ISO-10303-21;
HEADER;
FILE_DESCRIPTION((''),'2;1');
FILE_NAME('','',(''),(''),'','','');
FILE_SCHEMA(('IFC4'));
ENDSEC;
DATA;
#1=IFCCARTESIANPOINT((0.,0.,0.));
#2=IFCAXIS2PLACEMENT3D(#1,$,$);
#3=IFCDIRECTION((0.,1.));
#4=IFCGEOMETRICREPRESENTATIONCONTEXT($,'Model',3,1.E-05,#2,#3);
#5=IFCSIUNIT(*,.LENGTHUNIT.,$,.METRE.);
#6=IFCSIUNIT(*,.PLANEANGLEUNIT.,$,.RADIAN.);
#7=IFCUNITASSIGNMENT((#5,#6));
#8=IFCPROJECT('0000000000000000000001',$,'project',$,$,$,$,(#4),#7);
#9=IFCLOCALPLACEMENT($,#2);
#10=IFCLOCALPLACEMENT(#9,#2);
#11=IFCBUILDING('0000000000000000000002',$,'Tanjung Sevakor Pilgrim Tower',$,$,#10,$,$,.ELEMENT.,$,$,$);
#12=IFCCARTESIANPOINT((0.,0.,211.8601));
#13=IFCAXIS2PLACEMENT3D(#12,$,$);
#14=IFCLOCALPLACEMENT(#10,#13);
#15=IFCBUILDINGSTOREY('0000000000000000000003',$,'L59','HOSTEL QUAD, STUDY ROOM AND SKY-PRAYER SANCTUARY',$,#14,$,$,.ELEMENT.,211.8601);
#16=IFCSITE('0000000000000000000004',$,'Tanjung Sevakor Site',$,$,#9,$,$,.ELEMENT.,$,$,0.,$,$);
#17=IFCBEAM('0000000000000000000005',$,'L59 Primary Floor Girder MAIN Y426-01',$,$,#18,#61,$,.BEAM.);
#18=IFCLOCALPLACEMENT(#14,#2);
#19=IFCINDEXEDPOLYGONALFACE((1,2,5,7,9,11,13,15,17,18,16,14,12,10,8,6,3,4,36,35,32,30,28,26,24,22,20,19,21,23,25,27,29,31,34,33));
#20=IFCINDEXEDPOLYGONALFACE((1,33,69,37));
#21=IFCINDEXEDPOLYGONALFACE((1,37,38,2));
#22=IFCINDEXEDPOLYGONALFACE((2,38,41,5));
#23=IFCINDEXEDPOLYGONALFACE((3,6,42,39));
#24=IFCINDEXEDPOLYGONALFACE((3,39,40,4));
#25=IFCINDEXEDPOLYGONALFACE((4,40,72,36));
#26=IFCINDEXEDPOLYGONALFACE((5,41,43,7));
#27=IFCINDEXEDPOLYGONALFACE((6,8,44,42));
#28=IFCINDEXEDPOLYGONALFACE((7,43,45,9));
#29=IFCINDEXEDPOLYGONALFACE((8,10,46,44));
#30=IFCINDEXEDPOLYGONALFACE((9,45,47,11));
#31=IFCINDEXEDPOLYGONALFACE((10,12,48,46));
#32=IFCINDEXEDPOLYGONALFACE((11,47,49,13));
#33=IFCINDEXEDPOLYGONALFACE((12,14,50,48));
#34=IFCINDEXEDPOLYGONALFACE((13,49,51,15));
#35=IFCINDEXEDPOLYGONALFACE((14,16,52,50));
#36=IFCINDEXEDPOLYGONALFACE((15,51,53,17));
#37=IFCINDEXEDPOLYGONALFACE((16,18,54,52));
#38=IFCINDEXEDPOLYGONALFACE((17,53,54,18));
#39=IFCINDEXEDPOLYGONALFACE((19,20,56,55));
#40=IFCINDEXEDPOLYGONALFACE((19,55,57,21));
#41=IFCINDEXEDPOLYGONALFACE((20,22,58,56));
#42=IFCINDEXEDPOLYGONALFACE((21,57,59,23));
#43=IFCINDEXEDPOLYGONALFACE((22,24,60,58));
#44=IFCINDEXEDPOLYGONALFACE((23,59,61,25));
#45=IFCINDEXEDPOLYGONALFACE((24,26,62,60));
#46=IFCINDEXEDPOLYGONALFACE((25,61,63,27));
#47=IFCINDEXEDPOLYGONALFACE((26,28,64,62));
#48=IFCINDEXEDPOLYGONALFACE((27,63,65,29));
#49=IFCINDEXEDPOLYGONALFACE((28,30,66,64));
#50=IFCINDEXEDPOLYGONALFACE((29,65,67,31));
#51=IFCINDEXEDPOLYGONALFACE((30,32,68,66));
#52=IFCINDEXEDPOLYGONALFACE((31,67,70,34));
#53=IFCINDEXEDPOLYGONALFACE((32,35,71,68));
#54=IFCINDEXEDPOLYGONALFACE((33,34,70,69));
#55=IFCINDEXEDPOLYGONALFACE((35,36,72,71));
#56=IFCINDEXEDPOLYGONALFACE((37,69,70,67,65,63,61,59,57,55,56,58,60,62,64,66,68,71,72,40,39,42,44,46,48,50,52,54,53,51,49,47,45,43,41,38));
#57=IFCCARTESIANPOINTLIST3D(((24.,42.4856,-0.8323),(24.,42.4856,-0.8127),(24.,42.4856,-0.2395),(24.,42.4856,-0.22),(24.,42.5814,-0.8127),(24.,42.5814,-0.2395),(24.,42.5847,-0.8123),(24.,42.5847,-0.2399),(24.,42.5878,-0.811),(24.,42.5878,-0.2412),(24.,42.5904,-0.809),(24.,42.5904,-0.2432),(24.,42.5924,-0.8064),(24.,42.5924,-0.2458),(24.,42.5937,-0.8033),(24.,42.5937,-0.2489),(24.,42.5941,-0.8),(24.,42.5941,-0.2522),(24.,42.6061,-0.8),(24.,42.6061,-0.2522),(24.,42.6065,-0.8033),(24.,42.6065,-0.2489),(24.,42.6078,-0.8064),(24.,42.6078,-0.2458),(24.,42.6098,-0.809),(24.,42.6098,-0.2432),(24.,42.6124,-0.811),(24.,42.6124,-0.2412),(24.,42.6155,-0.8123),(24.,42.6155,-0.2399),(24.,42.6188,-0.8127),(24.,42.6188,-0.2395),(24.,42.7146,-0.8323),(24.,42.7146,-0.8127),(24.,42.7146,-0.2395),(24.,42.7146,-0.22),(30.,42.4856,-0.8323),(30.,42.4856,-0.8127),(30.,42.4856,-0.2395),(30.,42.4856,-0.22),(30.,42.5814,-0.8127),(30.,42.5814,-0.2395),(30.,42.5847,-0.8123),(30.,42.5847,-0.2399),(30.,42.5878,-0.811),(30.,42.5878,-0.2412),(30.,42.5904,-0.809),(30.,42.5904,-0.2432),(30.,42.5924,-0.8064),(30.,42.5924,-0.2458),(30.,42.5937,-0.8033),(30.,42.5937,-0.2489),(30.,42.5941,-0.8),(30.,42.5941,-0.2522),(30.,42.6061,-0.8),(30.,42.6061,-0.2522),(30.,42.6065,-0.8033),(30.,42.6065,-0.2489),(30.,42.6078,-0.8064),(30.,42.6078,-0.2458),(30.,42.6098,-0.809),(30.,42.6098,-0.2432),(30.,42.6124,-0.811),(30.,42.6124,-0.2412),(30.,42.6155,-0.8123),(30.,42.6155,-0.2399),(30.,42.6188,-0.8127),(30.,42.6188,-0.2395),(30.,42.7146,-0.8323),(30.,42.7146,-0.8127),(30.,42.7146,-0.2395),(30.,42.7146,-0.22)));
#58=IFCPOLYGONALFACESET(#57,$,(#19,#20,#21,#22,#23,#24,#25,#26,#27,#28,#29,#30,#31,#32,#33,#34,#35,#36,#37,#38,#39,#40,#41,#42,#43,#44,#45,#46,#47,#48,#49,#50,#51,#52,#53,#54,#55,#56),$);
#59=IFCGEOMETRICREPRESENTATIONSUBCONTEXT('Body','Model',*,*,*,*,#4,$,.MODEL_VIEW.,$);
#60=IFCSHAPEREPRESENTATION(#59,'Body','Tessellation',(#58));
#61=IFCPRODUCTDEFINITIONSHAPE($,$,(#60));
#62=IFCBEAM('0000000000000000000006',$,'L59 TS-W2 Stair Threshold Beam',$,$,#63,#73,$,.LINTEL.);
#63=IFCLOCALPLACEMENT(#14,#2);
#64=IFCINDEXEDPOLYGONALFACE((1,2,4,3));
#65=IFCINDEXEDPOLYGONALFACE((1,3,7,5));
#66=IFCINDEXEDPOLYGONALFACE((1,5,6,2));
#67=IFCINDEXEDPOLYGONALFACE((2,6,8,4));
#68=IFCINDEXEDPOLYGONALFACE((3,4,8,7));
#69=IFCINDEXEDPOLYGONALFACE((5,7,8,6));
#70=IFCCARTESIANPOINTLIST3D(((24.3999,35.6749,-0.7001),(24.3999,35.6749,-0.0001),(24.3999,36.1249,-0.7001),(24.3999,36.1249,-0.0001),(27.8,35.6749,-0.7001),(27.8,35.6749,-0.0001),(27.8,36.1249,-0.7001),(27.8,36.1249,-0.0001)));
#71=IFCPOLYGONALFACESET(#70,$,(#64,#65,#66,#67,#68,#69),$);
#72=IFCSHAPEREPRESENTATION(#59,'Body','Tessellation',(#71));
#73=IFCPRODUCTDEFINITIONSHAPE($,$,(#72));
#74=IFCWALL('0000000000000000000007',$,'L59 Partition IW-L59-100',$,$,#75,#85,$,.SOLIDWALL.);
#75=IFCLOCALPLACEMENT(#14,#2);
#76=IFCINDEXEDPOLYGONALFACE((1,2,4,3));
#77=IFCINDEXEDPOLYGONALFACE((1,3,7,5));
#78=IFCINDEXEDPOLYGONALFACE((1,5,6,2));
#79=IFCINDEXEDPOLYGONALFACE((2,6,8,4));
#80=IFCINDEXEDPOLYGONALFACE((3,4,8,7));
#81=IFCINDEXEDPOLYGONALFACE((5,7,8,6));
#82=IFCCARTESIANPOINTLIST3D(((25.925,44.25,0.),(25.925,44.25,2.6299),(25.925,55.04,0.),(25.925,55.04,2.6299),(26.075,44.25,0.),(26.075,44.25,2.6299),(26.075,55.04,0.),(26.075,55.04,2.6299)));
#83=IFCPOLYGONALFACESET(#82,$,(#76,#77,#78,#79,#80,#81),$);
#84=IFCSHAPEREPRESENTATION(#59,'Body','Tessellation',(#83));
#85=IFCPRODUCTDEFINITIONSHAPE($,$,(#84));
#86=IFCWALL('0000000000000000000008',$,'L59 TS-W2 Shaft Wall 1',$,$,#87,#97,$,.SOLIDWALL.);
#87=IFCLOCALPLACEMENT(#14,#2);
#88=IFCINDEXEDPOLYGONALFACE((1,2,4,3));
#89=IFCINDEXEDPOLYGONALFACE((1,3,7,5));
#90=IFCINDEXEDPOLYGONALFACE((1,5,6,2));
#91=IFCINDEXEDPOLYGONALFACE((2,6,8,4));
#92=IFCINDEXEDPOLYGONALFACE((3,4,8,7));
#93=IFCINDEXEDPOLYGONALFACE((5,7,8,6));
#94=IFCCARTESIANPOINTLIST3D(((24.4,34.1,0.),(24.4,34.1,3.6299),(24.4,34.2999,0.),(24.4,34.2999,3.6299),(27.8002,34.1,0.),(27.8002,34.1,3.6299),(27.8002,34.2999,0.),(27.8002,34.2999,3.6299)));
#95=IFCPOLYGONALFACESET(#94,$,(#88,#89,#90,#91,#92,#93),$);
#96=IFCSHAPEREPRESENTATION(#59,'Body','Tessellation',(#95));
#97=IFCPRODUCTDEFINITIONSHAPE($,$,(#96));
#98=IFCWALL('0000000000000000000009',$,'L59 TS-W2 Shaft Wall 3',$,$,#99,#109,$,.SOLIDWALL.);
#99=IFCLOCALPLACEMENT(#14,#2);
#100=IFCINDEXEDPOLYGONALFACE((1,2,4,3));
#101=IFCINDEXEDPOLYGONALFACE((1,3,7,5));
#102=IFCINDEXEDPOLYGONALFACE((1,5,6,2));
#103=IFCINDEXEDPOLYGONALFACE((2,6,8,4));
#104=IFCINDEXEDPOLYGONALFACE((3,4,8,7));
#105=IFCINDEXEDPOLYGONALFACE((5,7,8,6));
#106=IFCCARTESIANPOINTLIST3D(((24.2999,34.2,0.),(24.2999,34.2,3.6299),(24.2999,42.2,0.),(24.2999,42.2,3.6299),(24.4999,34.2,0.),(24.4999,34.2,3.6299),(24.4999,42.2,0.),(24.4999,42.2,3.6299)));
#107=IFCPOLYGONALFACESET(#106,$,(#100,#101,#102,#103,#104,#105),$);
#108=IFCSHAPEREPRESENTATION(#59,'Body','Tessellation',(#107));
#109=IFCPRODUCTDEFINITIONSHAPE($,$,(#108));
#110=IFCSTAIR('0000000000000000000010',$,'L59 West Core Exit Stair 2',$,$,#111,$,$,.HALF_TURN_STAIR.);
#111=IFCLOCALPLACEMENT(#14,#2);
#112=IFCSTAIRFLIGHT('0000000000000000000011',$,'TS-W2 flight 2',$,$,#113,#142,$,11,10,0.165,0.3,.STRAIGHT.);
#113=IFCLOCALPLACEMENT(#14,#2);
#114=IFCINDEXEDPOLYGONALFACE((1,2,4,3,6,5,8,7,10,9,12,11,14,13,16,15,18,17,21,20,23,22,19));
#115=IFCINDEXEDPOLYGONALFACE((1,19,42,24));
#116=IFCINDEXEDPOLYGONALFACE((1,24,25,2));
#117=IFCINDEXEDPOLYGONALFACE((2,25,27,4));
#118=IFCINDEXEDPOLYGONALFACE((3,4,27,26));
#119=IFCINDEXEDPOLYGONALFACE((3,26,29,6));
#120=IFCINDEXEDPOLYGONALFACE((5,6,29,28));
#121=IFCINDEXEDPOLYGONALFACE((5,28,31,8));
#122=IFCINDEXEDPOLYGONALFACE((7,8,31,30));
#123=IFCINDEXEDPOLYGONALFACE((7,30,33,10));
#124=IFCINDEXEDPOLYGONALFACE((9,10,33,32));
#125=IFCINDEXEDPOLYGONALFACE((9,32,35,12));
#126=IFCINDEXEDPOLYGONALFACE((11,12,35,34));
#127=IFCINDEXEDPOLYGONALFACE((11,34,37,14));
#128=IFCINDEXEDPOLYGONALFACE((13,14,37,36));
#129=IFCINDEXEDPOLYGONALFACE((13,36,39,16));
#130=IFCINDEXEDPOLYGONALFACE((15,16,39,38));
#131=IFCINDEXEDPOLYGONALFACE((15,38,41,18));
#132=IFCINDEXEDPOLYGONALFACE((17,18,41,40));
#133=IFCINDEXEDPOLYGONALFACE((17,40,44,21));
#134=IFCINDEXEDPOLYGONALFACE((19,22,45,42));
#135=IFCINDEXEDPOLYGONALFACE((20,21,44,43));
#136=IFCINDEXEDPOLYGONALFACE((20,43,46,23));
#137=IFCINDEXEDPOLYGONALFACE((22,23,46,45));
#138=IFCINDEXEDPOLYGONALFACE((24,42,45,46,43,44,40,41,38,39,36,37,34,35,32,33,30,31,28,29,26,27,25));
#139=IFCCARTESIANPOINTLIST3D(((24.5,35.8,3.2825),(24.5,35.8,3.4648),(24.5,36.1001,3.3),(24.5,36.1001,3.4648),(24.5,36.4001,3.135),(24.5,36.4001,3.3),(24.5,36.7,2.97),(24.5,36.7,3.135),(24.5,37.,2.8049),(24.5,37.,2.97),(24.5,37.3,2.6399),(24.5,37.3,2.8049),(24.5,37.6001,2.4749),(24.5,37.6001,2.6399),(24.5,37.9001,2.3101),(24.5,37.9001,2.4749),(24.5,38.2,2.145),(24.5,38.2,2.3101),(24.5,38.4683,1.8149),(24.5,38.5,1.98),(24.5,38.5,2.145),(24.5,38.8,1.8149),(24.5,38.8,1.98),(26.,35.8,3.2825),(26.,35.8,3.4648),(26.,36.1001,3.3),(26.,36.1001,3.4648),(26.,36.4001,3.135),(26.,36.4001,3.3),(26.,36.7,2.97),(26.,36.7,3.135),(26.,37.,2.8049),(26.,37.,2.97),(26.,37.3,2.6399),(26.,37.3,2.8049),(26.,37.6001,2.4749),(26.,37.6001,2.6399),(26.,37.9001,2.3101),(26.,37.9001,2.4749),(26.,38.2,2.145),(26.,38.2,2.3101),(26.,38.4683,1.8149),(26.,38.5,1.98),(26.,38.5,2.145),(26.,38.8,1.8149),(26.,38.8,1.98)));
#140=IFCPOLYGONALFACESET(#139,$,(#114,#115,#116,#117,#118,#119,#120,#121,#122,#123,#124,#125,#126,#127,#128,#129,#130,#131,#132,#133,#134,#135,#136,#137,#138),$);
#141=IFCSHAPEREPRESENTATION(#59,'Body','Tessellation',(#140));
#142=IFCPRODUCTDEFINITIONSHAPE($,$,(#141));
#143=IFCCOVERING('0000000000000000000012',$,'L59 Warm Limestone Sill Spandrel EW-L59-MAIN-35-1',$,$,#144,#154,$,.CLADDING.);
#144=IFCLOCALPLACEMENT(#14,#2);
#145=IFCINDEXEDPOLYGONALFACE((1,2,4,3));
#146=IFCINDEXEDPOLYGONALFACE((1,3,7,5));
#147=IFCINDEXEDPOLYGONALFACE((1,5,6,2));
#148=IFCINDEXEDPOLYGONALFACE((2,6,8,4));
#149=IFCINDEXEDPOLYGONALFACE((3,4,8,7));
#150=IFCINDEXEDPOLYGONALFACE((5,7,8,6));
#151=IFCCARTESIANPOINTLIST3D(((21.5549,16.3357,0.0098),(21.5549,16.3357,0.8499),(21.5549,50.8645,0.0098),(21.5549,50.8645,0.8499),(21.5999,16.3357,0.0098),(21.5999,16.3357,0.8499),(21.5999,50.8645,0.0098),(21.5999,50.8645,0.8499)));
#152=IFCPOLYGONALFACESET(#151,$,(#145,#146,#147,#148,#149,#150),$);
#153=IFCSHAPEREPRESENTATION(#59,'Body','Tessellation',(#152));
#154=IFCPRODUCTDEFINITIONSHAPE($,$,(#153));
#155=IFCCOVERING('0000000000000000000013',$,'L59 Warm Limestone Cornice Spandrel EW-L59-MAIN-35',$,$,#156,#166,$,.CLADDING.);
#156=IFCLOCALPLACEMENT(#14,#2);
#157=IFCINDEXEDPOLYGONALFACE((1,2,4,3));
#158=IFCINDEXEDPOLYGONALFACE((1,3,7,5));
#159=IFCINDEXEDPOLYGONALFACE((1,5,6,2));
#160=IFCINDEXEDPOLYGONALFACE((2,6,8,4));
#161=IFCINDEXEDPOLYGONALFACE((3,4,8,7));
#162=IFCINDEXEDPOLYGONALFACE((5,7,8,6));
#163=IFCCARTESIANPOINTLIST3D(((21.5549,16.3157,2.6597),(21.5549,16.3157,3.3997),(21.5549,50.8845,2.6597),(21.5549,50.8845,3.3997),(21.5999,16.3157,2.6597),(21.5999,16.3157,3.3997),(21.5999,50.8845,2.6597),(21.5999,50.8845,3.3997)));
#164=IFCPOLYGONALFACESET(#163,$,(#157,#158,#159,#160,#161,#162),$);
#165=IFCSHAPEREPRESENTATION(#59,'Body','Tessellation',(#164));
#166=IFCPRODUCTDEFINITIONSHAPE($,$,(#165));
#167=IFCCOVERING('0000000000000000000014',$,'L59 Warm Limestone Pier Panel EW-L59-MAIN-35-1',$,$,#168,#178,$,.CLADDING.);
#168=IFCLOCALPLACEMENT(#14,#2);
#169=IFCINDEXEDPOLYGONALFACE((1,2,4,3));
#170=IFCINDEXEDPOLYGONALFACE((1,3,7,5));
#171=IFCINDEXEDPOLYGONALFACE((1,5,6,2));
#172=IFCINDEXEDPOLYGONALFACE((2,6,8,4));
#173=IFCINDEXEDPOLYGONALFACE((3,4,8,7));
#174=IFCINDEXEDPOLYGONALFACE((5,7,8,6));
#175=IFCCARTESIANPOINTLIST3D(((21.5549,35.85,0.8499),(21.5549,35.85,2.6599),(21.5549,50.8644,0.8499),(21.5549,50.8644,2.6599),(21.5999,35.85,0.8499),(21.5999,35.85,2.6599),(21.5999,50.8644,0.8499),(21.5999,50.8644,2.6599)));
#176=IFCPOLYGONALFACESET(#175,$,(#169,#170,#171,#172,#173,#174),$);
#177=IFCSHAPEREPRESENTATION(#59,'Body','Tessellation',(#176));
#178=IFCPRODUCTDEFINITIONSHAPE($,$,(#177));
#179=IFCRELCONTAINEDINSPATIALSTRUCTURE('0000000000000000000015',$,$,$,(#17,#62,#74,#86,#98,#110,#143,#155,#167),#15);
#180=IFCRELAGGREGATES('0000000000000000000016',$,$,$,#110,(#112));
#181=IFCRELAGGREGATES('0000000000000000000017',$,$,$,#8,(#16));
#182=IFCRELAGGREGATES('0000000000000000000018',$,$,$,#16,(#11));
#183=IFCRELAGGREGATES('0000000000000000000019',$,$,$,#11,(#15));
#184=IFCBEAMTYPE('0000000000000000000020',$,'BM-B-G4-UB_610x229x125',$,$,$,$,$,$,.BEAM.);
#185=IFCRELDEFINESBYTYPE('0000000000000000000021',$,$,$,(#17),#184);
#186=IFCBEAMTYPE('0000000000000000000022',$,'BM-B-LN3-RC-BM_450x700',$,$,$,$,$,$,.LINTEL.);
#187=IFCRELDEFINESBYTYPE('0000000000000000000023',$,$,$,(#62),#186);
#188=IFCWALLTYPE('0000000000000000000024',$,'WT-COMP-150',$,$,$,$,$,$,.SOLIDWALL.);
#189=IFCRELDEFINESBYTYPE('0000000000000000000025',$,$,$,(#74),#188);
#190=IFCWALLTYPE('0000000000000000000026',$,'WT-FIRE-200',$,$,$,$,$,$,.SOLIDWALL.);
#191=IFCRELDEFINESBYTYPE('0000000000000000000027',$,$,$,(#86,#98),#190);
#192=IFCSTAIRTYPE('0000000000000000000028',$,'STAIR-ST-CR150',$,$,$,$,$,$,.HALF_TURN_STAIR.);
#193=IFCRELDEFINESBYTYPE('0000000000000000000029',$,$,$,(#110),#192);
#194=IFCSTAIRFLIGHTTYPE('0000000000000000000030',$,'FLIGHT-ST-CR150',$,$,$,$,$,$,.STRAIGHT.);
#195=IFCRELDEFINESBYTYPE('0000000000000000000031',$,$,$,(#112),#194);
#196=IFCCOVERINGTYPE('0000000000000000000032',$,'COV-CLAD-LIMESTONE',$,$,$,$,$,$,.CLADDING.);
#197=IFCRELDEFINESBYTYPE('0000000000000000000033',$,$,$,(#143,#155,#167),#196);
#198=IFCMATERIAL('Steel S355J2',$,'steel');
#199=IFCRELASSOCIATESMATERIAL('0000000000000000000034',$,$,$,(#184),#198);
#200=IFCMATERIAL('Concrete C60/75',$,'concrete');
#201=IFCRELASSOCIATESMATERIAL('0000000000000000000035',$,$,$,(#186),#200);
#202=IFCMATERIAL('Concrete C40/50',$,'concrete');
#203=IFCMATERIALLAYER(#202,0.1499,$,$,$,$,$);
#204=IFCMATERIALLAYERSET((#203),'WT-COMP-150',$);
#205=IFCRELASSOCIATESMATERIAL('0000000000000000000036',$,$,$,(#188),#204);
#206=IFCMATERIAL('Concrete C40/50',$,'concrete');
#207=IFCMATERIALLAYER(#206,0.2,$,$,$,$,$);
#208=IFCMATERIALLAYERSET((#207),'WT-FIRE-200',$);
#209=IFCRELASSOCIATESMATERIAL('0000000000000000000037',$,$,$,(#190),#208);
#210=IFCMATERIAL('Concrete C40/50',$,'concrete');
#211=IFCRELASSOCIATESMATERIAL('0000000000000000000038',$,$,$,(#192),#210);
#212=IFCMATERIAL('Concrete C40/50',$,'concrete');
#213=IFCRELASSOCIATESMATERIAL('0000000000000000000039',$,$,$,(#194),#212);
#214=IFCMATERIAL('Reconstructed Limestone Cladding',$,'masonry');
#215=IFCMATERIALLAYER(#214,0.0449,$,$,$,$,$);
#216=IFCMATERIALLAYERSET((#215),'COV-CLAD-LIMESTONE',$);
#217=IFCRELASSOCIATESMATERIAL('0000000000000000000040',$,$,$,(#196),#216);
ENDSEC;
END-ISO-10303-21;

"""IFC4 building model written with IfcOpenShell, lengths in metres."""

from ifc_helpers import new_model, si_unit, direction, frame, frame_2d, origin, origin_2d, place, context, subcontext, project, spatial, polyline, rectangle, i_section, outline, extrude, material, layer, layer_set, material_profile, profile_set, type_object, element, aggregate, save


model = new_model("IFC4")

# Units and contexts
model_context = context("Model", 3, precision=1e-05, world=origin(), true_north=direction((0.0, 1.0)))
body_context = subcontext(model_context, "Body", "Model", "MODEL_VIEW")
ifc_project = project(units=[si_unit("LENGTHUNIT", "METRE"), si_unit("PLANEANGLEUNIT", "RADIAN")], contexts=[model_context])

# Site, building, storey
site_placement = place(None, origin())
site = spatial("IfcSite", under=ifc_project, at=site_placement, Name="Tanjung Sevakor Site", CompositionType="ELEMENT", RefElevation=0.0)
building_placement = place(site_placement, origin())
building = spatial("IfcBuilding", under=site, at=building_placement, Name="Tanjung Sevakor Pilgrim Tower", CompositionType="ELEMENT")
storey_placement = place(building_placement, frame((0.0, 0.0, 211.8601)))
storey = spatial("IfcBuildingStorey", under=building, at=storey_placement, Name="L59", Description="HOSTEL QUAD, STUDY ROOM AND SKY-PRAYER SANCTUARY", CompositionType="ELEMENT", Elevation=211.8601)

# Beams
ifc_material_1 = material(Name="Steel S355J2", Category="steel")
ifc_material_profile_1 = material_profile(ifc_material_1, i_section(OverallWidth=0.229, OverallDepth=0.6123, WebThickness=0.012, FlangeThickness=0.0195, FilletRadius=0.0127, at=origin_2d()))
ifc_profile_set_1 = profile_set([ifc_material_profile_1], Name="Steel S355J2")
beam_type_1 = type_object("IfcBeamType", Name="BM-B-G4-UB_610x229x125", PredefinedType="BEAM", material=ifc_profile_set_1)
beam_1_placement = place(storey_placement, frame((24.0, 42.6001, -0.5261), z_axis=(1.0, 0.0, 0.0), x_axis=(0.0, 1.0, 0.0)))
element("IfcBeam", 1, at=beam_1_placement, inside=storey, type_object=beam_type_1, Name="L59 Primary Floor Girder MAIN Y426-01", PredefinedType="BEAM", context=body_context, shape_type="SweptSolid", body=[
    extrude(i_section(OverallWidth=0.229, OverallDepth=0.6123, WebThickness=0.012, FlangeThickness=0.0195, FilletRadius=0.0127, at=origin_2d()), origin(), (0.0, 0.0, 1.0), 6.0),
])
ifc_material_2 = material(Name="Concrete C60/75", Category="concrete")
ifc_material_profile_2 = material_profile(ifc_material_2, rectangle(XDim=0.45, YDim=0.7, at=origin_2d()))
ifc_profile_set_2 = profile_set([ifc_material_profile_2], Name="Concrete C60/75")
beam_type_2 = type_object("IfcBeamType", Name="BM-B-LN3-RC-BM_450x700", PredefinedType="LINTEL", material=ifc_profile_set_2)
beam_2_placement = place(storey_placement, frame((24.3999, 35.8999, -0.3501), z_axis=(1.0, 0.0, 0.0), x_axis=(0.0, 1.0, 0.0)))
element("IfcBeam", 2, at=beam_2_placement, inside=storey, type_object=beam_type_2, Name="L59 TS-W2 Stair Threshold Beam", PredefinedType="LINTEL", context=body_context, shape_type="SweptSolid", body=[
    extrude(rectangle(XDim=0.45, YDim=0.7, at=origin_2d()), origin(), (0.0, 0.0, 1.0), 3.4001),
])

# Wall
ifc_material_3 = material(Name="Concrete C40/50", Category="concrete")
ifc_layer_1 = layer(ifc_material_3, 0.1499)
ifc_layer_set_1 = layer_set([ifc_layer_1], Name="WT-COMP-150")
wall_type_1 = type_object("IfcWallType", Name="WT-COMP-150", PredefinedType="SOLIDWALL", material=ifc_layer_set_1)
wall_1_placement = place(storey_placement, frame((26.0, 44.25, 0.0), z_axis=(0.0, 0.0, 1.0), x_axis=(0.0, 1.0, 0.0)))
element("IfcWall", 3, at=wall_1_placement, inside=storey, type_object=wall_type_1, Name="L59 Partition IW-L59-100", PredefinedType="SOLIDWALL", context=body_context, shape_type="SweptSolid", body=[
    extrude(rectangle(XDim=10.79, YDim=0.1499, at=frame_2d((5.395, 0.0))), origin(), (0.0, 0.0, 1.0), 2.6299),
])

# Walls
ifc_material_4 = material(Name="Concrete C40/50", Category="concrete")
ifc_layer_2 = layer(ifc_material_4, 0.2)
ifc_layer_set_2 = layer_set([ifc_layer_2], Name="WT-FIRE-200")
wall_type_2 = type_object("IfcWallType", Name="WT-FIRE-200", PredefinedType="SOLIDWALL", material=ifc_layer_set_2)
wall_2_placement = place(storey_placement, frame((24.3999, 34.2, 0.0), z_axis=(0.0, 0.0, 1.0), x_axis=(1.0, 0.0, 0.0)))
element("IfcWall", 4, at=wall_2_placement, inside=storey, type_object=wall_type_2, Name="L59 TS-W2 Shaft Wall 1", PredefinedType="SOLIDWALL", context=body_context, shape_type="SweptSolid", body=[
    extrude(rectangle(XDim=3.4001, YDim=0.2, at=frame_2d((1.7002, 0.0))), origin(), (0.0, 0.0, 1.0), 3.6299),
])
wall_3_placement = place(storey_placement, frame((24.3999, 42.2, 0.0), z_axis=(0.0, 0.0, 1.0), x_axis=(0.0, -1.0, 0.0)))
element("IfcWall", 5, at=wall_3_placement, inside=storey, type_object=wall_type_2, Name="L59 TS-W2 Shaft Wall 3", PredefinedType="SOLIDWALL", context=body_context, shape_type="SweptSolid", body=[
    extrude(rectangle(XDim=8.0, YDim=0.2, at=frame_2d((4.0, 0.0))), origin(), (0.0, 0.0, 1.0), 3.6299),
])

# Stair, stair flight
ifc_material_5 = material(Name="Concrete C40/50", Category="concrete")
stair_type = type_object("IfcStairType", Name="STAIR-ST-CR150", PredefinedType="HALF_TURN_STAIR", material=ifc_material_5)
stair_placement = place(storey_placement, origin())
stair = element("IfcStair", 6, at=stair_placement, inside=storey, type_object=stair_type, Name="L59 West Core Exit Stair 2", PredefinedType="HALF_TURN_STAIR")
ifc_material_6 = material(Name="Concrete C40/50", Category="concrete")
stair_flight_type = type_object("IfcStairFlightType", Name="FLIGHT-ST-CR150", PredefinedType="STRAIGHT", material=ifc_material_6)
stair_flight_placement = place(storey_placement, frame((25.25, 38.8, 1.8149), z_axis=(0.0, 0.0, 1.0), x_axis=(0.0, -1.0, 0.0)))
stair_flight = element("IfcStairFlight", 7, at=stair_flight_placement, type_object=stair_flight_type, Name="TS-W2 flight 2", NumberOfRisers=11, NumberOfTreads=10, PredefinedType="STRAIGHT", RiserHeight=0.165, TreadLength=0.3, context=body_context, shape_type="SweptSolid", body=[
    extrude(outline(polyline([(0.0, 0.0), (0.0, 0.165), (0.3, 0.165), (0.3, 0.3301), (0.6001, 0.3301), (0.6001, 0.4951), (0.8999, 0.4951), (0.8999, 0.6599), (1.2, 0.6599), (1.2, 0.825), (1.5, 0.825), (1.5, 0.99), (1.8, 0.99), (1.8, 1.155), (2.1001, 1.155), (2.1001, 1.3201), (2.3999, 1.3201), (2.3999, 1.4851), (2.7, 1.4851), (2.7, 1.6499), (3.0, 1.6499), (3.0, 1.8149), (3.0, 1.4675), (0.3318, 0.0), (0.0, 0.0)])), frame((0.0, 0.75, 0.0), z_axis=(0.0, -1.0, 0.0), x_axis=(1.0, 0.0, 0.0)), (0.0, 0.0, 1.0), 1.5),
])
aggregate(stair, [stair_flight])

# Coverings
ifc_material_7 = material(Name="Reconstructed Limestone Cladding", Category="masonry")
ifc_layer_3 = layer(ifc_material_7, 0.0449)
ifc_layer_set_3 = layer_set([ifc_layer_3], Name="COV-CLAD-LIMESTONE")
covering_type = type_object("IfcCoveringType", Name="COV-CLAD-LIMESTONE", PredefinedType="CLADDING", material=ifc_layer_set_3)
covering_1_placement = place(storey_placement, frame((21.5774, 33.6001, 0.0098), z_axis=(0.0, 0.0, 1.0), x_axis=(0.0, -1.0, 0.0)))
element("IfcCovering", 8, at=covering_1_placement, inside=storey, type_object=covering_type, Name="L59 Warm Limestone Sill Spandrel EW-L59-MAIN-35-1", PredefinedType="CLADDING", context=body_context, shape_type="SweptSolid", body=[
    extrude(rectangle(XDim=34.5288, YDim=0.0449, at=origin_2d()), origin(), (0.0, 0.0, 1.0), 0.8401),
])
covering_2_placement = place(storey_placement, frame((21.5774, 33.6001, 2.6597), z_axis=(0.0, 0.0, 1.0), x_axis=(0.0, -1.0, 0.0)))
element("IfcCovering", 9, at=covering_2_placement, inside=storey, type_object=covering_type, Name="L59 Warm Limestone Cornice Spandrel EW-L59-MAIN-35", PredefinedType="CLADDING", context=body_context, shape_type="SweptSolid", body=[
    extrude(rectangle(XDim=34.5688, YDim=0.0449, at=origin_2d()), origin(), (0.0, 0.0, 1.0), 0.74),
])
covering_3_placement = place(storey_placement, frame((21.5774, 43.3572, 0.8499), z_axis=(0.0, 0.0, 1.0), x_axis=(0.0, -1.0, 0.0)))
element("IfcCovering", 10, at=covering_3_placement, inside=storey, type_object=covering_type, Name="L59 Warm Limestone Pier Panel EW-L59-MAIN-35-1", PredefinedType="CLADDING", context=body_context, shape_type="SweptSolid", body=[
    extrude(rectangle(XDim=15.0144, YDim=0.0449, at=origin_2d()), origin(), (0.0, 0.0, 1.0), 1.8101),
])

save(model, "model.ifc")
